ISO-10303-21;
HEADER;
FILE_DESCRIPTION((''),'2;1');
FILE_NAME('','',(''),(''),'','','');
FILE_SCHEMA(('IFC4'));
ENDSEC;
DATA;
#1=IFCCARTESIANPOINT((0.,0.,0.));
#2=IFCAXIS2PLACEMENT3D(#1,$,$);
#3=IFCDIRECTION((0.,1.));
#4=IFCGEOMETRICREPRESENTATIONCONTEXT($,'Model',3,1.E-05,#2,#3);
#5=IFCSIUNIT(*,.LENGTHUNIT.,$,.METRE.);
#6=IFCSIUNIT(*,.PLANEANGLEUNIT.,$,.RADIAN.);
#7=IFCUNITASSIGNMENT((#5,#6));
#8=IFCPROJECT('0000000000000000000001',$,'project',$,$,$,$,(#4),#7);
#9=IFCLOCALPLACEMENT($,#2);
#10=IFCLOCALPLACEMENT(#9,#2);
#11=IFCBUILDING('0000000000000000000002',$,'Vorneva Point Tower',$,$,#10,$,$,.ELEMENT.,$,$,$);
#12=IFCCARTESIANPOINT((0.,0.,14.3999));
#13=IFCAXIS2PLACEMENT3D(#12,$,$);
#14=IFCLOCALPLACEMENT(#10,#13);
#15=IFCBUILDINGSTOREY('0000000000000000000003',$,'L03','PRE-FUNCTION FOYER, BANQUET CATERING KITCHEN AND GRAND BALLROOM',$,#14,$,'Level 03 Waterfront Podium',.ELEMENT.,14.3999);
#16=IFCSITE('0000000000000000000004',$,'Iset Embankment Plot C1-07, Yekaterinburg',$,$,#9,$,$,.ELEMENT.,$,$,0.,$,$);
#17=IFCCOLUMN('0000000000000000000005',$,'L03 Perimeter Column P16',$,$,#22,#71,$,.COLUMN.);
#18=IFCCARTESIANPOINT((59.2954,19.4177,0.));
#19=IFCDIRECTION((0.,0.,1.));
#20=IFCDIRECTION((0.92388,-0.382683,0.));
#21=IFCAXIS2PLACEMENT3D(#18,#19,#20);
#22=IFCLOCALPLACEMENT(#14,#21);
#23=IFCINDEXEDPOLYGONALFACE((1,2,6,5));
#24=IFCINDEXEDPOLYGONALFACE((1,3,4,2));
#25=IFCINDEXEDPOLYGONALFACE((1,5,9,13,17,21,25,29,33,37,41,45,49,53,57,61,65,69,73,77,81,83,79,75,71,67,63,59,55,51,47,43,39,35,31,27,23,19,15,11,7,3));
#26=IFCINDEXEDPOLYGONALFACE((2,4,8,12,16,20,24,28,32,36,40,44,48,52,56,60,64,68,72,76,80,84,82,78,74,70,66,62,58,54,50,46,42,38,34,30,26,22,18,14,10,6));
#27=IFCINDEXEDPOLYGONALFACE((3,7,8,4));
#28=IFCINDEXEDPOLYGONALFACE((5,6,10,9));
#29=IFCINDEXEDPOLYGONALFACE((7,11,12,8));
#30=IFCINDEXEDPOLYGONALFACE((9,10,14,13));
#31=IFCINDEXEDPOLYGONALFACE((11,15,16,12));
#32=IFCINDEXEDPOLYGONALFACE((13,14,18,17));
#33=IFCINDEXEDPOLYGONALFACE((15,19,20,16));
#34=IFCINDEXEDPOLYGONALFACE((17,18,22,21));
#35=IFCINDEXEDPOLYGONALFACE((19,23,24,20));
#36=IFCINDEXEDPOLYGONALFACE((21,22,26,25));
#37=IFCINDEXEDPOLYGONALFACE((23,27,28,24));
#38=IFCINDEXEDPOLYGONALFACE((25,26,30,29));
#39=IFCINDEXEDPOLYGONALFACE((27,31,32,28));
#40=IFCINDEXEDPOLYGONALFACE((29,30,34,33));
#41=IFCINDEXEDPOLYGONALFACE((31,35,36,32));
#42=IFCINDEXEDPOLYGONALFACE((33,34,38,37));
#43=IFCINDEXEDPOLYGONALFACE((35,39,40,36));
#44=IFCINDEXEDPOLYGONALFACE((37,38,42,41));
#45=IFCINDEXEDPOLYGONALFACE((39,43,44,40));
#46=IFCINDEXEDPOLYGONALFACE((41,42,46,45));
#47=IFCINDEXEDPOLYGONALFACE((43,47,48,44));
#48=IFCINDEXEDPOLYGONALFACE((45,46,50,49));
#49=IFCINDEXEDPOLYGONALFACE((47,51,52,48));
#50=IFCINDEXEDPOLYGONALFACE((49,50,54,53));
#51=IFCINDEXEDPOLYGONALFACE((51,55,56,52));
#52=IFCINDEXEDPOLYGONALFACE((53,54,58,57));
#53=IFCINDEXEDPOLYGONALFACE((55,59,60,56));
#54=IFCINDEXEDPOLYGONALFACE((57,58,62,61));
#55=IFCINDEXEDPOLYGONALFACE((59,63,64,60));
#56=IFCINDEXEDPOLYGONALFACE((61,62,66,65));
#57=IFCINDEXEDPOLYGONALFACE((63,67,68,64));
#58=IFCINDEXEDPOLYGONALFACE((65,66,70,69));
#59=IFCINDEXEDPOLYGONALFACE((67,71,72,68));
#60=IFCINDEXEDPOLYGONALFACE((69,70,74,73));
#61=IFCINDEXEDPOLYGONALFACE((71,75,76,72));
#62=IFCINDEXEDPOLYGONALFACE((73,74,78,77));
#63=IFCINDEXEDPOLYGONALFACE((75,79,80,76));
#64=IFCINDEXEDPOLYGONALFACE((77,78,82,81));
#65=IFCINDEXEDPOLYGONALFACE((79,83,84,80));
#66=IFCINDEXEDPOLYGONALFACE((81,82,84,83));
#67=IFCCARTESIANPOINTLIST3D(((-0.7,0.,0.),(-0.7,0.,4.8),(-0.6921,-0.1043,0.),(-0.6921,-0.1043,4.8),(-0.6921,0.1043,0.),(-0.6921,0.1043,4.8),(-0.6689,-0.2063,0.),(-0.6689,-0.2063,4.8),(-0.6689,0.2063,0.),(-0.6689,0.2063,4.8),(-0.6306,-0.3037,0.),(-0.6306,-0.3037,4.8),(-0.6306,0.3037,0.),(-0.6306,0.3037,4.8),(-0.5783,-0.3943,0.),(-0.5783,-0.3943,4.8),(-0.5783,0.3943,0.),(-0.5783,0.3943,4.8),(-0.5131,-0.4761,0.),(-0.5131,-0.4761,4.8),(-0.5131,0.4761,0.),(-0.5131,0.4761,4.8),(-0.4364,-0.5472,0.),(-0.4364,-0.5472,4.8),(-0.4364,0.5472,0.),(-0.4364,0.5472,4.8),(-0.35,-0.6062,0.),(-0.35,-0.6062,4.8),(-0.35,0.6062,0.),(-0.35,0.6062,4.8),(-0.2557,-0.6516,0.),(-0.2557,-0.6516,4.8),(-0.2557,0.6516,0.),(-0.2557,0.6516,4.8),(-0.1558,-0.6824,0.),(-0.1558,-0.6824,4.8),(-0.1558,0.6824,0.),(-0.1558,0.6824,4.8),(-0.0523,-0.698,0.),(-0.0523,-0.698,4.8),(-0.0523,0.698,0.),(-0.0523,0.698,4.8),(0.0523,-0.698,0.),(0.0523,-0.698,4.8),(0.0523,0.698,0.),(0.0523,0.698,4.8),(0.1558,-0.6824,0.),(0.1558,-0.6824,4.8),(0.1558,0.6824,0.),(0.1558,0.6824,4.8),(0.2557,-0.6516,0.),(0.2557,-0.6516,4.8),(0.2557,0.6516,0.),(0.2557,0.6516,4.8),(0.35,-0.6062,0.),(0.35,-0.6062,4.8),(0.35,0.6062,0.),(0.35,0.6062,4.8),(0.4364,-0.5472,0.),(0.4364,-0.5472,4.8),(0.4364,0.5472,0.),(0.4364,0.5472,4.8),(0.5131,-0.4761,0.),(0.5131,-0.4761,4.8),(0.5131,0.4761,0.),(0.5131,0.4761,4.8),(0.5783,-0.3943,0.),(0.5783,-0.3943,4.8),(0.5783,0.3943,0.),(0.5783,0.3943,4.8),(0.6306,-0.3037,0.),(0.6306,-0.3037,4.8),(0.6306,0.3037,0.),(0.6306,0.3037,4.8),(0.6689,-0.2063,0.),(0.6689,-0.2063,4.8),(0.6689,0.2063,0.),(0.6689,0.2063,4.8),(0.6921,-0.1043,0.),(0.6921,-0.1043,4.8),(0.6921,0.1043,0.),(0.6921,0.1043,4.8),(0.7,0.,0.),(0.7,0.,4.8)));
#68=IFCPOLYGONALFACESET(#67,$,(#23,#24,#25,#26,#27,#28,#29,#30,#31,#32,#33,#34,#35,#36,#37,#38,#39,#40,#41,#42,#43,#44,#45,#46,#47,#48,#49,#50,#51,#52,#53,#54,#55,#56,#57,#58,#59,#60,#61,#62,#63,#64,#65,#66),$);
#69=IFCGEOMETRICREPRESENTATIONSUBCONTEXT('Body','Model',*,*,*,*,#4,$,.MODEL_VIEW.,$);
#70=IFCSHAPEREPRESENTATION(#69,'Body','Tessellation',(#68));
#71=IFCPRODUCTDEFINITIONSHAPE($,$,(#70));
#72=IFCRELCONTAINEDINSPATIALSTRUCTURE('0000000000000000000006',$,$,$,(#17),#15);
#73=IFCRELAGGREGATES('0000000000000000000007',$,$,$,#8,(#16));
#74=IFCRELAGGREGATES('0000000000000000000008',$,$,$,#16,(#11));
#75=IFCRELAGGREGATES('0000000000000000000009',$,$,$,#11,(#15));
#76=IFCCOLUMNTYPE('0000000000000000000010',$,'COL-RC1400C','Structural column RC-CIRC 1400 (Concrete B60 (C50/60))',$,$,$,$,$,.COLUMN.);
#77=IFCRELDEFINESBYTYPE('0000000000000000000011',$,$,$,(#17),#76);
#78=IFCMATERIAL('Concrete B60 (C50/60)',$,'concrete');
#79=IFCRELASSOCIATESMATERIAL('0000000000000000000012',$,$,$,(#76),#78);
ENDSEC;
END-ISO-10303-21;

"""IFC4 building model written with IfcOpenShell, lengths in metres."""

from ifc_helpers import new_model, si_unit, direction, frame, origin, origin_2d, place, context, subcontext, project, spatial, circle, extrude, material, material_profile, profile_set, type_object, element, save


model = new_model("IFC4")

# Units and contexts
model_context = context("Model", 3, precision=1e-05, world=origin(), true_north=direction((0.0, 1.0)))
body_context = subcontext(model_context, "Body", "Model", "MODEL_VIEW")
ifc_project = project(units=[si_unit("LENGTHUNIT", "METRE"), si_unit("PLANEANGLEUNIT", "RADIAN")], contexts=[model_context])

# Site, building, storey
site_placement = place(None, origin())
site = spatial("IfcSite", under=ifc_project, at=site_placement, Name="Iset Embankment Plot C1-07, Yekaterinburg", CompositionType="ELEMENT", RefElevation=0.0)
building_placement = place(site_placement, origin())
building = spatial("IfcBuilding", under=site, at=building_placement, Name="Vorneva Point Tower", CompositionType="ELEMENT")
storey_placement = place(building_placement, frame((0.0, 0.0, 14.3999)))
storey = spatial("IfcBuildingStorey", under=building, at=storey_placement, Name="L03", Description="PRE-FUNCTION FOYER, BANQUET CATERING KITCHEN AND GRAND BALLROOM", LongName="Level 03 Waterfront Podium", CompositionType="ELEMENT", Elevation=14.3999)

# Column
ifc_material_1 = material(Name="Concrete B60 (C50/60)", Category="concrete")
ifc_material_profile_1 = material_profile(ifc_material_1, circle(Radius=0.7, at=origin_2d()), Name="RC-CIRC 1400")
ifc_profile_set_1 = profile_set([ifc_material_profile_1], Name="Concrete B60 (C50/60)")
column_type = type_object("IfcColumnType", Name="COL-RC1400C", Description="Structural column RC-CIRC 1400 (Concrete B60 (C50/60))", PredefinedType="COLUMN", material=ifc_profile_set_1)
for number, where, z_axis, x_axis, name in (
    (1, (59.2954, 19.4177, 0.0), (0.0, 0.0, 1.0), (0.92388, -0.382683, 0.0), "L03 Perimeter Column P16"),
):
    element("IfcColumn", number, at=place(storey_placement, frame(where, z_axis=z_axis, x_axis=x_axis)), inside=storey, type_object=column_type, Name=name, PredefinedType="COLUMN", context=body_context, shape_type="SweptSolid", body=[
        extrude(circle(Radius=0.7, at=origin_2d()), origin(), (0.0, 0.0, 1.0), 4.8),
    ])

save(model, "model.ifc")
